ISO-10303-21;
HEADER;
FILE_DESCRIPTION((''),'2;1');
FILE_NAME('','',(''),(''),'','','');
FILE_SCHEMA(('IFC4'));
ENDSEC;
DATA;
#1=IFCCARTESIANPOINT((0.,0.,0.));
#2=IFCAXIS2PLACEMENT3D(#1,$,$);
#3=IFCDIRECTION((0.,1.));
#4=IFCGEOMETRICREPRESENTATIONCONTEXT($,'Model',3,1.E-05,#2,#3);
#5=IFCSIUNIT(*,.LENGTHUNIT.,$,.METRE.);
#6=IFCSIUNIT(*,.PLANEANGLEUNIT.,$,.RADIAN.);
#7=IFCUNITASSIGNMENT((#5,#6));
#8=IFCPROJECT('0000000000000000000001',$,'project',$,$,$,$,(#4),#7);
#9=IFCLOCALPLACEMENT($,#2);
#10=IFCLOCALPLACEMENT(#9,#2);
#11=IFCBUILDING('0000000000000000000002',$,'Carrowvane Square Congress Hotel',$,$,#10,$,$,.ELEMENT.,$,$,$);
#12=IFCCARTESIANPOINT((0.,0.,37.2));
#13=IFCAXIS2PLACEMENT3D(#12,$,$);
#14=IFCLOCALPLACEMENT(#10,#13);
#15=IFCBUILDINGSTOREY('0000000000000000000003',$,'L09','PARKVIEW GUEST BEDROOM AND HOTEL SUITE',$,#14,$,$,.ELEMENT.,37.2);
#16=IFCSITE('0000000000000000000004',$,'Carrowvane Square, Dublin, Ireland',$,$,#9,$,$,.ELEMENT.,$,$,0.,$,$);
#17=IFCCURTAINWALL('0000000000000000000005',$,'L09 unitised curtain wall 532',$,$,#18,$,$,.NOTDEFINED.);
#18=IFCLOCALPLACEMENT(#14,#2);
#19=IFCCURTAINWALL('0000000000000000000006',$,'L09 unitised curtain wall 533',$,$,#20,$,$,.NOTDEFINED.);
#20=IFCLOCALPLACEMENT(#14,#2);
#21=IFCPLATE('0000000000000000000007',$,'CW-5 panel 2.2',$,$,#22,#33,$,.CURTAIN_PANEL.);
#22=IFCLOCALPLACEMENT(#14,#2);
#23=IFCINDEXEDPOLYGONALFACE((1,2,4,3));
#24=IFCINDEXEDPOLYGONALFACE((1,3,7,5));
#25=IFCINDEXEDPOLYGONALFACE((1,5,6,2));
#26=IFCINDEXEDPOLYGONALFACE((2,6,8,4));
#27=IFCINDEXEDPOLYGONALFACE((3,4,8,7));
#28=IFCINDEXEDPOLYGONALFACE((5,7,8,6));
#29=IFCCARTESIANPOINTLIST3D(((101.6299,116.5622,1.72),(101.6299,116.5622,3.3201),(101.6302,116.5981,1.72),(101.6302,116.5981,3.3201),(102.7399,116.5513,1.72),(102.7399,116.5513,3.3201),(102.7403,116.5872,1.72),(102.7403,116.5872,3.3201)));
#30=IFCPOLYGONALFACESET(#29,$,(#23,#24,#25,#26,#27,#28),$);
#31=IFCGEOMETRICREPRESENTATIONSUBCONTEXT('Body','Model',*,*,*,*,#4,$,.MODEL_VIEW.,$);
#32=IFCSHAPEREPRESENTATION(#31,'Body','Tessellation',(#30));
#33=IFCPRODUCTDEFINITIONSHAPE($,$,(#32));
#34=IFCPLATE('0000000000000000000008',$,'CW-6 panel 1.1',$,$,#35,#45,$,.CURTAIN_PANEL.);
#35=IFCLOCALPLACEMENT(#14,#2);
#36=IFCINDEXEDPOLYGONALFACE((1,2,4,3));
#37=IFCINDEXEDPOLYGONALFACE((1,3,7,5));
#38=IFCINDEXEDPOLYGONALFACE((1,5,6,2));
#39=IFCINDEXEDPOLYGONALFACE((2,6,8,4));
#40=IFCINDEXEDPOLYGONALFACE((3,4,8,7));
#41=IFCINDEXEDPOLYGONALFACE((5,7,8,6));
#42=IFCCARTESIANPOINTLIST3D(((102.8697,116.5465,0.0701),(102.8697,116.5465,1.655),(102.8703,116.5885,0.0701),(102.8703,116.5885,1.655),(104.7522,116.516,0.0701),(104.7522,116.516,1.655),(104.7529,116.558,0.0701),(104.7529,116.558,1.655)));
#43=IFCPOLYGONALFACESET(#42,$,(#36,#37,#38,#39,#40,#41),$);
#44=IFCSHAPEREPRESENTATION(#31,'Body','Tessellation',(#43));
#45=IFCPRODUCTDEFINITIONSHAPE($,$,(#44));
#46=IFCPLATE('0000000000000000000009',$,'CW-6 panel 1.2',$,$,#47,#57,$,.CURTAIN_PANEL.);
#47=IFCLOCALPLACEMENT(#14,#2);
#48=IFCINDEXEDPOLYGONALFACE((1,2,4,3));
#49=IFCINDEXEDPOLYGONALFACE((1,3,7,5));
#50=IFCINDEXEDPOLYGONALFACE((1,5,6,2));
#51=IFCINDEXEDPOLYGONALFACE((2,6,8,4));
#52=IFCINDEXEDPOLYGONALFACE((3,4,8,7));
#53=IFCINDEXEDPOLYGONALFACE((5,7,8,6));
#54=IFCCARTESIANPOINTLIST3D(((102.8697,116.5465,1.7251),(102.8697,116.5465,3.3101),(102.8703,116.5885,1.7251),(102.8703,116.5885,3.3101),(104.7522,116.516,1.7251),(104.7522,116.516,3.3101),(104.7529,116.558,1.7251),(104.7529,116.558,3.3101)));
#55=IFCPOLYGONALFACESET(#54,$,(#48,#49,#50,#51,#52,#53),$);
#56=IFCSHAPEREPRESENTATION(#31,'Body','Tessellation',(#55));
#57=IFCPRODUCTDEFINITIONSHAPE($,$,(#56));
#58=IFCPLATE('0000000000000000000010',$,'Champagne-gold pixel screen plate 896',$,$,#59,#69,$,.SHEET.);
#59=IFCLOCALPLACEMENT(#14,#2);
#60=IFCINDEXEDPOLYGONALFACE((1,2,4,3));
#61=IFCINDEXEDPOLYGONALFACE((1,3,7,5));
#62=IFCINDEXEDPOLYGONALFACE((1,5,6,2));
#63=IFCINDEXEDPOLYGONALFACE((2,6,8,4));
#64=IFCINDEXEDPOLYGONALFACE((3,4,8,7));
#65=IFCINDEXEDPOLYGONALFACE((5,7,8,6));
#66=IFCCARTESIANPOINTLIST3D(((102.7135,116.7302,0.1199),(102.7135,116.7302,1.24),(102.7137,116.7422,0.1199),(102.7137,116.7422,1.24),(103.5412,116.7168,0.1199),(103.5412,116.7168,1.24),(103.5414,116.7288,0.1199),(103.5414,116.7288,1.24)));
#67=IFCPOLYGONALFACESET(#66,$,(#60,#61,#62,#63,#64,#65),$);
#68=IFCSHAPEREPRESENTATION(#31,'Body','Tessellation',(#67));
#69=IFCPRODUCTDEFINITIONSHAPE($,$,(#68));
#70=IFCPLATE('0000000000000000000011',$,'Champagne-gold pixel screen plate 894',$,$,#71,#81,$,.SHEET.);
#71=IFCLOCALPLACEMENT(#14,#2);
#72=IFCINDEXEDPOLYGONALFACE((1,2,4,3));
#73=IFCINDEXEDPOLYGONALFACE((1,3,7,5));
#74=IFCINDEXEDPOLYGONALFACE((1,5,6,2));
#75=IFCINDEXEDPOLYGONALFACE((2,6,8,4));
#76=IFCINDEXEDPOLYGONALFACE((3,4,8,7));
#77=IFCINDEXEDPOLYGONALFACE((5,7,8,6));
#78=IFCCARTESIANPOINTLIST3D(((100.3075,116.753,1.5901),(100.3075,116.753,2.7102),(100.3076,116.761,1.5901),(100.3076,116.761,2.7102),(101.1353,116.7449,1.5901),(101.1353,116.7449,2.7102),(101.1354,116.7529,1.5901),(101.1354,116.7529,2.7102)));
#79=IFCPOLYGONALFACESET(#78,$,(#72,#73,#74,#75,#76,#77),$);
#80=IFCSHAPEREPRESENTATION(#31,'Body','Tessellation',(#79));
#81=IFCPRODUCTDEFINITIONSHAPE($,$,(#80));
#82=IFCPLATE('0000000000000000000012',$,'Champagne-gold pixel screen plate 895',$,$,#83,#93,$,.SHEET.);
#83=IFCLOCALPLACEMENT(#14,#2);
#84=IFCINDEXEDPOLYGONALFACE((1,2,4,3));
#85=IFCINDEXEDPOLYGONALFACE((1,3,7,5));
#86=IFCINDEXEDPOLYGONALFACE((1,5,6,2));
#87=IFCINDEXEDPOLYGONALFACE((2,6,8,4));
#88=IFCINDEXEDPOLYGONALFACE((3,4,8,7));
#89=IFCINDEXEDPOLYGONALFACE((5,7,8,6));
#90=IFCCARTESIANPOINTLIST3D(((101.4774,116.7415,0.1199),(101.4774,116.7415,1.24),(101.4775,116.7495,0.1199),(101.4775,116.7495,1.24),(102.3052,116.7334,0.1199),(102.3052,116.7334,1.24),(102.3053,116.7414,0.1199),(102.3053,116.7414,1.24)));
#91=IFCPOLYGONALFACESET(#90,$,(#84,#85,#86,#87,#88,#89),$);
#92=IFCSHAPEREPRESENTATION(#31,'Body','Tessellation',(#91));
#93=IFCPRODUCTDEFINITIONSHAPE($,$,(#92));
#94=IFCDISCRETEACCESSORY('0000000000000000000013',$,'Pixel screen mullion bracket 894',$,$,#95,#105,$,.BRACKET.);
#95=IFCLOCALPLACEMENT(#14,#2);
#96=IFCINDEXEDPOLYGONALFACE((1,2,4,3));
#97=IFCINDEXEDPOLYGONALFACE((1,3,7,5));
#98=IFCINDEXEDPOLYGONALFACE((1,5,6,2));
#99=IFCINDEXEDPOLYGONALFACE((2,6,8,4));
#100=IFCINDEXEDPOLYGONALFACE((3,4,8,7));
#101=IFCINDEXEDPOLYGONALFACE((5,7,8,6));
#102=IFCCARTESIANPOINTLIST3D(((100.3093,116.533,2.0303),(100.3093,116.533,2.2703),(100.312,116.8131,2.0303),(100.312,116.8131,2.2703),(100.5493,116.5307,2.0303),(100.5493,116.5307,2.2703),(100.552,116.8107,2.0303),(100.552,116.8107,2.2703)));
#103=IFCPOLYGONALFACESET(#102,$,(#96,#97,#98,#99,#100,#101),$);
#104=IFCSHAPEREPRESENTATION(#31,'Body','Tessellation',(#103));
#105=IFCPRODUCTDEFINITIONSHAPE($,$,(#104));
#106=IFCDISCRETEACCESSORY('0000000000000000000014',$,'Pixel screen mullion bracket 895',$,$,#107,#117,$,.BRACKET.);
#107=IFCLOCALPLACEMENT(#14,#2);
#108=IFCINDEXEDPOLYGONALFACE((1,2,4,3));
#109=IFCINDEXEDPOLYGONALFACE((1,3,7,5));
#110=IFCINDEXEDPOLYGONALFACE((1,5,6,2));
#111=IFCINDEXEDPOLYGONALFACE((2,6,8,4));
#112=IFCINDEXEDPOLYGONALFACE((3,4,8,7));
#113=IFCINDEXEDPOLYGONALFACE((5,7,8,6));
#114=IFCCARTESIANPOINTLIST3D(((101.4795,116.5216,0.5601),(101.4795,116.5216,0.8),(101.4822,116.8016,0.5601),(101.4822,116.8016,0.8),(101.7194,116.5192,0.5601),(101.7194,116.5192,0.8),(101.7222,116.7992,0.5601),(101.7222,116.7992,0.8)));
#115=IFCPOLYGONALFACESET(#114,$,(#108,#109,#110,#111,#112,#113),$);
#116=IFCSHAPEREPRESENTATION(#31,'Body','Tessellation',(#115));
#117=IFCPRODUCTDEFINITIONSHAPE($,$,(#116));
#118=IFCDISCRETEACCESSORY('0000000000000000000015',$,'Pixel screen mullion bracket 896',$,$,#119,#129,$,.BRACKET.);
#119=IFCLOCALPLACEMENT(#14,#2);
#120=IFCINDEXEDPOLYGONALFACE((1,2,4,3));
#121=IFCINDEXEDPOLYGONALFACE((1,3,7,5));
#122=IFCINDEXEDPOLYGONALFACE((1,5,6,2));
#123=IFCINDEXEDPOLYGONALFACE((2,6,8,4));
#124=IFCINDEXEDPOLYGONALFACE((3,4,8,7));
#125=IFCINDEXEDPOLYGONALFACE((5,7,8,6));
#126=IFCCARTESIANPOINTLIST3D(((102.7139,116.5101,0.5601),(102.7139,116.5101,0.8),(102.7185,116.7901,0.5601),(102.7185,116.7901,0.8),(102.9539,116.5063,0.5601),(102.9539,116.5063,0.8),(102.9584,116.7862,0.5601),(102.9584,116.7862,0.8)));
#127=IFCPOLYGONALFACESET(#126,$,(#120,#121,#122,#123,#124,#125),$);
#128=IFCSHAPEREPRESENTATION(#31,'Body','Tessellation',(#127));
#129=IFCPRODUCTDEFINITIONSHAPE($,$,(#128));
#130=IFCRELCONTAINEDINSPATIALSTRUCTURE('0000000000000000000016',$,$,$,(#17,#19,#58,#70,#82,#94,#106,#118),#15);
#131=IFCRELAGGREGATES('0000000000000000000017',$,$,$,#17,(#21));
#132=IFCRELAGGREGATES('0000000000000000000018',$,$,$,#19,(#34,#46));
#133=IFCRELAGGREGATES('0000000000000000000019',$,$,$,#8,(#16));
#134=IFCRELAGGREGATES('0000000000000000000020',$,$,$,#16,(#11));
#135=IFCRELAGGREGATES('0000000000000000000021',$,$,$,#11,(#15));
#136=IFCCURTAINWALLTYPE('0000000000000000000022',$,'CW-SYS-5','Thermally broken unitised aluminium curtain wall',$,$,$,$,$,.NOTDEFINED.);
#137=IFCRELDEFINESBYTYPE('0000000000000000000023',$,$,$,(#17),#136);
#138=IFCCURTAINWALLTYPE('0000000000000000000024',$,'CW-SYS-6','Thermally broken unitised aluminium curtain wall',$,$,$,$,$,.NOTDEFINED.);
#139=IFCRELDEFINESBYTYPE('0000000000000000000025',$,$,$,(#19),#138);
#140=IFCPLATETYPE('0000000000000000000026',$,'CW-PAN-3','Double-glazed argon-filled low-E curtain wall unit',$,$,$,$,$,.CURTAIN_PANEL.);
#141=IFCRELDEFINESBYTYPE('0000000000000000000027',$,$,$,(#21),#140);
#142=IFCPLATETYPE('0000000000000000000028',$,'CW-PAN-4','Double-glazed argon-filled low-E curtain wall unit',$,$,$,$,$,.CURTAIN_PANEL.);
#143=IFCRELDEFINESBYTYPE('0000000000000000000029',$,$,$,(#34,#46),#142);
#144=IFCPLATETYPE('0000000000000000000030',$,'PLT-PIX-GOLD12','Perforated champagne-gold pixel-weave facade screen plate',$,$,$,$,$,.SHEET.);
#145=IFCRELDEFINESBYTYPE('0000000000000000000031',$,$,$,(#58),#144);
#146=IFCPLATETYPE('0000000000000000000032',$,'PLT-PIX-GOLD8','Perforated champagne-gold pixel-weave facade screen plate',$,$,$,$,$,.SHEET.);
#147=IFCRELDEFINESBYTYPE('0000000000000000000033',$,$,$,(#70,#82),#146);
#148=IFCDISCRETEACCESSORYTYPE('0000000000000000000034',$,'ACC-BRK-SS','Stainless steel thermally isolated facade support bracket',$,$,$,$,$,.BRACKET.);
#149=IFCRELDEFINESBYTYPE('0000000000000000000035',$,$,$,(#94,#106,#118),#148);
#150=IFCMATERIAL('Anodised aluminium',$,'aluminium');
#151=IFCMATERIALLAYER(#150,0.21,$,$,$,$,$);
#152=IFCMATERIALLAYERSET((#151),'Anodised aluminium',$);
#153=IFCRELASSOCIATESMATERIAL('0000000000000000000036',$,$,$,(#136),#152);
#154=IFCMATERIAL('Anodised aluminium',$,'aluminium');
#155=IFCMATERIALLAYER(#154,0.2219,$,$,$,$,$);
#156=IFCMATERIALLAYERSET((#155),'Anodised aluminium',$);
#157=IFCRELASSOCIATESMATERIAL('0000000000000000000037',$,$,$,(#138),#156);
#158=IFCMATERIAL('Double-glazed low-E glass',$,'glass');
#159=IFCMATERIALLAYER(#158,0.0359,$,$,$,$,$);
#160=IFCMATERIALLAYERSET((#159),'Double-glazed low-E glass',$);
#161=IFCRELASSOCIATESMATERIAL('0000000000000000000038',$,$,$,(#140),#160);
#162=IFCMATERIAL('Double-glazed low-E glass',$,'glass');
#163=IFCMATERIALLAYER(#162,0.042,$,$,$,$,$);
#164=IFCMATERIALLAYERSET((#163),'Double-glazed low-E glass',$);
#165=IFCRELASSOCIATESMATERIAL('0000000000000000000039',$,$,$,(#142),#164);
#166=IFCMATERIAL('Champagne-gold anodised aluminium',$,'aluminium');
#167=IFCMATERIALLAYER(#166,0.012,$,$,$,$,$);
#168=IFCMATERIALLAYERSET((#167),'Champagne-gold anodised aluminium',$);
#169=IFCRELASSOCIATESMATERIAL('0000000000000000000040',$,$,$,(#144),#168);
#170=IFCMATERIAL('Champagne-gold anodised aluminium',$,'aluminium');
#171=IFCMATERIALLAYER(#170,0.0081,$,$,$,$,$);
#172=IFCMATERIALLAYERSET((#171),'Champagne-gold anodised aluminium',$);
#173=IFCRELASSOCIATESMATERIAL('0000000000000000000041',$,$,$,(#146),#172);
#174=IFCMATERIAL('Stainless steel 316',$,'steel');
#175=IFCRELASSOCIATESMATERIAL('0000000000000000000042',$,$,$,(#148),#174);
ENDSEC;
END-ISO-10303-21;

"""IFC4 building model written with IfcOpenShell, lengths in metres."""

from ifc_helpers import new_model, si_unit, direction, frame, origin, origin_2d, place, context, subcontext, project, spatial, rectangle, extrude, material, layer, layer_set, type_object, element, aggregate, save


model = new_model("IFC4")

# Units and contexts
model_context = context("Model", 3, precision=1e-05, world=origin(), true_north=direction((0.0, 1.0)))
body_context = subcontext(model_context, "Body", "Model", "MODEL_VIEW")
ifc_project = project(units=[si_unit("LENGTHUNIT", "METRE"), si_unit("PLANEANGLEUNIT", "RADIAN")], contexts=[model_context])

# Site, building, storey
site_placement = place(None, origin())
site = spatial("IfcSite", under=ifc_project, at=site_placement, Name="Carrowvane Square, Dublin, Ireland", CompositionType="ELEMENT", RefElevation=0.0)
building_placement = place(site_placement, origin())
building = spatial("IfcBuilding", under=site, at=building_placement, Name="Carrowvane Square Congress Hotel", CompositionType="ELEMENT")
storey_placement = place(building_placement, frame((0.0, 0.0, 37.2)))
storey = spatial("IfcBuildingStorey", under=building, at=storey_placement, Name="L09", Description="PARKVIEW GUEST BEDROOM AND HOTEL SUITE", CompositionType="ELEMENT", Elevation=37.2)

# Curtain wall
ifc_material_1 = material(Name="Anodised aluminium", Category="aluminium")
ifc_layer_1 = layer(ifc_material_1, 0.21)
ifc_layer_set_1 = layer_set([ifc_layer_1], Name="Anodised aluminium")
curtain_wall_type_1 = type_object("IfcCurtainWallType", Name="CW-SYS-5", Description="Thermally broken unitised aluminium curtain wall", PredefinedType="NOTDEFINED", material=ifc_layer_set_1)
curtain_wall_1_placement = place(storey_placement, origin())
curtain_wall_1 = element("IfcCurtainWall", 1, at=curtain_wall_1_placement, inside=storey, type_object=curtain_wall_type_1, Name="L09 unitised curtain wall 532", PredefinedType="NOTDEFINED")

# Curtain wall
ifc_material_2 = material(Name="Anodised aluminium", Category="aluminium")
ifc_layer_2 = layer(ifc_material_2, 0.2219)
ifc_layer_set_2 = layer_set([ifc_layer_2], Name="Anodised aluminium")
curtain_wall_type_2 = type_object("IfcCurtainWallType", Name="CW-SYS-6", Description="Thermally broken unitised aluminium curtain wall", PredefinedType="NOTDEFINED", material=ifc_layer_set_2)
curtain_wall_2_placement = place(storey_placement, origin())
curtain_wall_2 = element("IfcCurtainWall", 2, at=curtain_wall_2_placement, inside=storey, type_object=curtain_wall_type_2, Name="L09 unitised curtain wall 533", PredefinedType="NOTDEFINED")

# Plates
ifc_material_3 = material(Name="Double-glazed low-E glass", Category="glass")
ifc_layer_3 = layer(ifc_material_3, 0.0359)
ifc_layer_set_3 = layer_set([ifc_layer_3], Name="Double-glazed low-E glass")
plate_type_1 = type_object("IfcPlateType", Name="CW-PAN-3", Description="Double-glazed argon-filled low-E curtain wall unit", PredefinedType="CURTAIN_PANEL", material=ifc_layer_set_3)
plate_1_placement = place(storey_placement, frame((102.1851, 116.5747, 1.72), z_axis=(0.0, 0.0, 1.0), x_axis=(0.999952, -0.009783, 0.0)))
plate_1 = element("IfcPlate", 3, at=plate_1_placement, type_object=plate_type_1, Name="CW-5 panel 2.2", PredefinedType="CURTAIN_PANEL", context=body_context, shape_type="SweptSolid", body=[
    extrude(rectangle(XDim=1.1101, YDim=0.0359, at=origin_2d()), origin(), (0.0, 0.0, 1.0), 1.6001),
])
aggregate(curtain_wall_1, [plate_1])
ifc_material_4 = material(Name="Double-glazed low-E glass", Category="glass")
ifc_layer_4 = layer(ifc_material_4, 0.042)
ifc_layer_set_4 = layer_set([ifc_layer_4], Name="Double-glazed low-E glass")
plate_type_2 = type_object("IfcPlateType", Name="CW-PAN-4", Description="Double-glazed argon-filled low-E curtain wall unit", PredefinedType="CURTAIN_PANEL", material=ifc_layer_set_4)
plate_2_placement = place(storey_placement, frame((103.8113, 116.5522, 0.0701), z_axis=(0.0, 0.0, 1.0), x_axis=(0.999869, -0.016216, 0.0)))
plate_2 = element("IfcPlate", 4, at=plate_2_placement, type_object=plate_type_2, Name="CW-6 panel 1.1", PredefinedType="CURTAIN_PANEL", context=body_context, shape_type="SweptSolid", body=[
    extrude(rectangle(XDim=1.8828, YDim=0.042, at=origin_2d()), origin(), (0.0, 0.0, 1.0), 1.585),
])
plate_3_placement = place(storey_placement, frame((103.8113, 116.5522, 1.7251), z_axis=(0.0, 0.0, 1.0), x_axis=(0.999869, -0.016216, 0.0)))
plate_3 = element("IfcPlate", 5, at=plate_3_placement, type_object=plate_type_2, Name="CW-6 panel 1.2", PredefinedType="CURTAIN_PANEL", context=body_context, shape_type="SweptSolid", body=[
    extrude(rectangle(XDim=1.8828, YDim=0.042, at=origin_2d()), origin(), (0.0, 0.0, 1.0), 1.585),
])
aggregate(curtain_wall_2, [plate_2, plate_3])

# Plates
ifc_material_5 = material(Name="Champagne-gold anodised aluminium", Category="aluminium")
ifc_layer_5 = layer(ifc_material_5, 0.012)
ifc_layer_set_5 = layer_set([ifc_layer_5], Name="Champagne-gold anodised aluminium")
plate_type_3 = type_object("IfcPlateType", Name="PLT-PIX-GOLD12", Description="Perforated champagne-gold pixel-weave facade screen plate", PredefinedType="SHEET", material=ifc_layer_set_5)
plate_4_placement = place(storey_placement, frame((103.1274, 116.7295, 0.1199), z_axis=(0.0, 0.0, 1.0), x_axis=(0.999869, -0.016216, 0.0)))
element("IfcPlate", 6, at=plate_4_placement, inside=storey, type_object=plate_type_3, Name="Champagne-gold pixel screen plate 896", PredefinedType="SHEET", context=body_context, shape_type="SweptSolid", body=[
    extrude(rectangle(XDim=0.8279, YDim=0.012, at=origin_2d()), origin(), (0.0, 0.0, 1.0), 1.1201),
])
ifc_material_6 = material(Name="Champagne-gold anodised aluminium", Category="aluminium")
ifc_layer_6 = layer(ifc_material_6, 0.0081)
ifc_layer_set_6 = layer_set([ifc_layer_6], Name="Champagne-gold anodised aluminium")
plate_type_4 = type_object("IfcPlateType", Name="PLT-PIX-GOLD8", Description="Perforated champagne-gold pixel-weave facade screen plate", PredefinedType="SHEET", material=ifc_layer_set_6)
for number, where, z_axis, x_axis, name in (
    (7, (100.7214, 116.7529, 1.5901), (0.0, 0.0, 1.0), (0.999952, -0.009782, 0.0), "Champagne-gold pixel screen plate 894"),
    (8, (101.8914, 116.7415, 0.1199), (0.0, 0.0, 1.0), (0.999952, -0.009782, 0.0), "Champagne-gold pixel screen plate 895"),
):
    element("IfcPlate", number, at=place(storey_placement, frame(where, z_axis=z_axis, x_axis=x_axis)), inside=storey, type_object=plate_type_4, Name=name, PredefinedType="SHEET", context=body_context, shape_type="SweptSolid", body=[
        extrude(rectangle(XDim=0.8279, YDim=0.0081, at=origin_2d()), origin(), (0.0, 0.0, 1.0), 1.1201),
    ])

# Discrete accessories
ifc_material_7 = material(Name="Stainless steel 316", Category="steel")
discrete_accessory_type = type_object("IfcDiscreteAccessoryType", Name="ACC-BRK-SS", Description="Stainless steel thermally isolated facade support bracket", PredefinedType="BRACKET", material=ifc_material_7)
for number, where, z_axis, x_axis, name in (
    (9, (100.4307, 116.6719, 2.0303), (0.0, 0.0, 1.0), (0.999952, -0.009782, 0.0), "Pixel screen mullion bracket 894"),
    (10, (101.6008, 116.6604, 0.5601), (0.0, 0.0, 1.0), (0.999952, -0.009782, 0.0), "Pixel screen mullion bracket 895"),
    (11, (102.8362, 116.6482, 0.5601), (0.0, 0.0, 1.0), (0.999869, -0.016216, 0.0), "Pixel screen mullion bracket 896"),
):
    element("IfcDiscreteAccessory", number, at=place(storey_placement, frame(where, z_axis=z_axis, x_axis=x_axis)), inside=storey, type_object=discrete_accessory_type, Name=name, PredefinedType="BRACKET", context=body_context, shape_type="SweptSolid", body=[
        extrude(rectangle(XDim=0.24, YDim=0.28, at=origin_2d()), origin(), (0.0, 0.0, 1.0), 0.24),
    ])

save(model, "model.ifc")
